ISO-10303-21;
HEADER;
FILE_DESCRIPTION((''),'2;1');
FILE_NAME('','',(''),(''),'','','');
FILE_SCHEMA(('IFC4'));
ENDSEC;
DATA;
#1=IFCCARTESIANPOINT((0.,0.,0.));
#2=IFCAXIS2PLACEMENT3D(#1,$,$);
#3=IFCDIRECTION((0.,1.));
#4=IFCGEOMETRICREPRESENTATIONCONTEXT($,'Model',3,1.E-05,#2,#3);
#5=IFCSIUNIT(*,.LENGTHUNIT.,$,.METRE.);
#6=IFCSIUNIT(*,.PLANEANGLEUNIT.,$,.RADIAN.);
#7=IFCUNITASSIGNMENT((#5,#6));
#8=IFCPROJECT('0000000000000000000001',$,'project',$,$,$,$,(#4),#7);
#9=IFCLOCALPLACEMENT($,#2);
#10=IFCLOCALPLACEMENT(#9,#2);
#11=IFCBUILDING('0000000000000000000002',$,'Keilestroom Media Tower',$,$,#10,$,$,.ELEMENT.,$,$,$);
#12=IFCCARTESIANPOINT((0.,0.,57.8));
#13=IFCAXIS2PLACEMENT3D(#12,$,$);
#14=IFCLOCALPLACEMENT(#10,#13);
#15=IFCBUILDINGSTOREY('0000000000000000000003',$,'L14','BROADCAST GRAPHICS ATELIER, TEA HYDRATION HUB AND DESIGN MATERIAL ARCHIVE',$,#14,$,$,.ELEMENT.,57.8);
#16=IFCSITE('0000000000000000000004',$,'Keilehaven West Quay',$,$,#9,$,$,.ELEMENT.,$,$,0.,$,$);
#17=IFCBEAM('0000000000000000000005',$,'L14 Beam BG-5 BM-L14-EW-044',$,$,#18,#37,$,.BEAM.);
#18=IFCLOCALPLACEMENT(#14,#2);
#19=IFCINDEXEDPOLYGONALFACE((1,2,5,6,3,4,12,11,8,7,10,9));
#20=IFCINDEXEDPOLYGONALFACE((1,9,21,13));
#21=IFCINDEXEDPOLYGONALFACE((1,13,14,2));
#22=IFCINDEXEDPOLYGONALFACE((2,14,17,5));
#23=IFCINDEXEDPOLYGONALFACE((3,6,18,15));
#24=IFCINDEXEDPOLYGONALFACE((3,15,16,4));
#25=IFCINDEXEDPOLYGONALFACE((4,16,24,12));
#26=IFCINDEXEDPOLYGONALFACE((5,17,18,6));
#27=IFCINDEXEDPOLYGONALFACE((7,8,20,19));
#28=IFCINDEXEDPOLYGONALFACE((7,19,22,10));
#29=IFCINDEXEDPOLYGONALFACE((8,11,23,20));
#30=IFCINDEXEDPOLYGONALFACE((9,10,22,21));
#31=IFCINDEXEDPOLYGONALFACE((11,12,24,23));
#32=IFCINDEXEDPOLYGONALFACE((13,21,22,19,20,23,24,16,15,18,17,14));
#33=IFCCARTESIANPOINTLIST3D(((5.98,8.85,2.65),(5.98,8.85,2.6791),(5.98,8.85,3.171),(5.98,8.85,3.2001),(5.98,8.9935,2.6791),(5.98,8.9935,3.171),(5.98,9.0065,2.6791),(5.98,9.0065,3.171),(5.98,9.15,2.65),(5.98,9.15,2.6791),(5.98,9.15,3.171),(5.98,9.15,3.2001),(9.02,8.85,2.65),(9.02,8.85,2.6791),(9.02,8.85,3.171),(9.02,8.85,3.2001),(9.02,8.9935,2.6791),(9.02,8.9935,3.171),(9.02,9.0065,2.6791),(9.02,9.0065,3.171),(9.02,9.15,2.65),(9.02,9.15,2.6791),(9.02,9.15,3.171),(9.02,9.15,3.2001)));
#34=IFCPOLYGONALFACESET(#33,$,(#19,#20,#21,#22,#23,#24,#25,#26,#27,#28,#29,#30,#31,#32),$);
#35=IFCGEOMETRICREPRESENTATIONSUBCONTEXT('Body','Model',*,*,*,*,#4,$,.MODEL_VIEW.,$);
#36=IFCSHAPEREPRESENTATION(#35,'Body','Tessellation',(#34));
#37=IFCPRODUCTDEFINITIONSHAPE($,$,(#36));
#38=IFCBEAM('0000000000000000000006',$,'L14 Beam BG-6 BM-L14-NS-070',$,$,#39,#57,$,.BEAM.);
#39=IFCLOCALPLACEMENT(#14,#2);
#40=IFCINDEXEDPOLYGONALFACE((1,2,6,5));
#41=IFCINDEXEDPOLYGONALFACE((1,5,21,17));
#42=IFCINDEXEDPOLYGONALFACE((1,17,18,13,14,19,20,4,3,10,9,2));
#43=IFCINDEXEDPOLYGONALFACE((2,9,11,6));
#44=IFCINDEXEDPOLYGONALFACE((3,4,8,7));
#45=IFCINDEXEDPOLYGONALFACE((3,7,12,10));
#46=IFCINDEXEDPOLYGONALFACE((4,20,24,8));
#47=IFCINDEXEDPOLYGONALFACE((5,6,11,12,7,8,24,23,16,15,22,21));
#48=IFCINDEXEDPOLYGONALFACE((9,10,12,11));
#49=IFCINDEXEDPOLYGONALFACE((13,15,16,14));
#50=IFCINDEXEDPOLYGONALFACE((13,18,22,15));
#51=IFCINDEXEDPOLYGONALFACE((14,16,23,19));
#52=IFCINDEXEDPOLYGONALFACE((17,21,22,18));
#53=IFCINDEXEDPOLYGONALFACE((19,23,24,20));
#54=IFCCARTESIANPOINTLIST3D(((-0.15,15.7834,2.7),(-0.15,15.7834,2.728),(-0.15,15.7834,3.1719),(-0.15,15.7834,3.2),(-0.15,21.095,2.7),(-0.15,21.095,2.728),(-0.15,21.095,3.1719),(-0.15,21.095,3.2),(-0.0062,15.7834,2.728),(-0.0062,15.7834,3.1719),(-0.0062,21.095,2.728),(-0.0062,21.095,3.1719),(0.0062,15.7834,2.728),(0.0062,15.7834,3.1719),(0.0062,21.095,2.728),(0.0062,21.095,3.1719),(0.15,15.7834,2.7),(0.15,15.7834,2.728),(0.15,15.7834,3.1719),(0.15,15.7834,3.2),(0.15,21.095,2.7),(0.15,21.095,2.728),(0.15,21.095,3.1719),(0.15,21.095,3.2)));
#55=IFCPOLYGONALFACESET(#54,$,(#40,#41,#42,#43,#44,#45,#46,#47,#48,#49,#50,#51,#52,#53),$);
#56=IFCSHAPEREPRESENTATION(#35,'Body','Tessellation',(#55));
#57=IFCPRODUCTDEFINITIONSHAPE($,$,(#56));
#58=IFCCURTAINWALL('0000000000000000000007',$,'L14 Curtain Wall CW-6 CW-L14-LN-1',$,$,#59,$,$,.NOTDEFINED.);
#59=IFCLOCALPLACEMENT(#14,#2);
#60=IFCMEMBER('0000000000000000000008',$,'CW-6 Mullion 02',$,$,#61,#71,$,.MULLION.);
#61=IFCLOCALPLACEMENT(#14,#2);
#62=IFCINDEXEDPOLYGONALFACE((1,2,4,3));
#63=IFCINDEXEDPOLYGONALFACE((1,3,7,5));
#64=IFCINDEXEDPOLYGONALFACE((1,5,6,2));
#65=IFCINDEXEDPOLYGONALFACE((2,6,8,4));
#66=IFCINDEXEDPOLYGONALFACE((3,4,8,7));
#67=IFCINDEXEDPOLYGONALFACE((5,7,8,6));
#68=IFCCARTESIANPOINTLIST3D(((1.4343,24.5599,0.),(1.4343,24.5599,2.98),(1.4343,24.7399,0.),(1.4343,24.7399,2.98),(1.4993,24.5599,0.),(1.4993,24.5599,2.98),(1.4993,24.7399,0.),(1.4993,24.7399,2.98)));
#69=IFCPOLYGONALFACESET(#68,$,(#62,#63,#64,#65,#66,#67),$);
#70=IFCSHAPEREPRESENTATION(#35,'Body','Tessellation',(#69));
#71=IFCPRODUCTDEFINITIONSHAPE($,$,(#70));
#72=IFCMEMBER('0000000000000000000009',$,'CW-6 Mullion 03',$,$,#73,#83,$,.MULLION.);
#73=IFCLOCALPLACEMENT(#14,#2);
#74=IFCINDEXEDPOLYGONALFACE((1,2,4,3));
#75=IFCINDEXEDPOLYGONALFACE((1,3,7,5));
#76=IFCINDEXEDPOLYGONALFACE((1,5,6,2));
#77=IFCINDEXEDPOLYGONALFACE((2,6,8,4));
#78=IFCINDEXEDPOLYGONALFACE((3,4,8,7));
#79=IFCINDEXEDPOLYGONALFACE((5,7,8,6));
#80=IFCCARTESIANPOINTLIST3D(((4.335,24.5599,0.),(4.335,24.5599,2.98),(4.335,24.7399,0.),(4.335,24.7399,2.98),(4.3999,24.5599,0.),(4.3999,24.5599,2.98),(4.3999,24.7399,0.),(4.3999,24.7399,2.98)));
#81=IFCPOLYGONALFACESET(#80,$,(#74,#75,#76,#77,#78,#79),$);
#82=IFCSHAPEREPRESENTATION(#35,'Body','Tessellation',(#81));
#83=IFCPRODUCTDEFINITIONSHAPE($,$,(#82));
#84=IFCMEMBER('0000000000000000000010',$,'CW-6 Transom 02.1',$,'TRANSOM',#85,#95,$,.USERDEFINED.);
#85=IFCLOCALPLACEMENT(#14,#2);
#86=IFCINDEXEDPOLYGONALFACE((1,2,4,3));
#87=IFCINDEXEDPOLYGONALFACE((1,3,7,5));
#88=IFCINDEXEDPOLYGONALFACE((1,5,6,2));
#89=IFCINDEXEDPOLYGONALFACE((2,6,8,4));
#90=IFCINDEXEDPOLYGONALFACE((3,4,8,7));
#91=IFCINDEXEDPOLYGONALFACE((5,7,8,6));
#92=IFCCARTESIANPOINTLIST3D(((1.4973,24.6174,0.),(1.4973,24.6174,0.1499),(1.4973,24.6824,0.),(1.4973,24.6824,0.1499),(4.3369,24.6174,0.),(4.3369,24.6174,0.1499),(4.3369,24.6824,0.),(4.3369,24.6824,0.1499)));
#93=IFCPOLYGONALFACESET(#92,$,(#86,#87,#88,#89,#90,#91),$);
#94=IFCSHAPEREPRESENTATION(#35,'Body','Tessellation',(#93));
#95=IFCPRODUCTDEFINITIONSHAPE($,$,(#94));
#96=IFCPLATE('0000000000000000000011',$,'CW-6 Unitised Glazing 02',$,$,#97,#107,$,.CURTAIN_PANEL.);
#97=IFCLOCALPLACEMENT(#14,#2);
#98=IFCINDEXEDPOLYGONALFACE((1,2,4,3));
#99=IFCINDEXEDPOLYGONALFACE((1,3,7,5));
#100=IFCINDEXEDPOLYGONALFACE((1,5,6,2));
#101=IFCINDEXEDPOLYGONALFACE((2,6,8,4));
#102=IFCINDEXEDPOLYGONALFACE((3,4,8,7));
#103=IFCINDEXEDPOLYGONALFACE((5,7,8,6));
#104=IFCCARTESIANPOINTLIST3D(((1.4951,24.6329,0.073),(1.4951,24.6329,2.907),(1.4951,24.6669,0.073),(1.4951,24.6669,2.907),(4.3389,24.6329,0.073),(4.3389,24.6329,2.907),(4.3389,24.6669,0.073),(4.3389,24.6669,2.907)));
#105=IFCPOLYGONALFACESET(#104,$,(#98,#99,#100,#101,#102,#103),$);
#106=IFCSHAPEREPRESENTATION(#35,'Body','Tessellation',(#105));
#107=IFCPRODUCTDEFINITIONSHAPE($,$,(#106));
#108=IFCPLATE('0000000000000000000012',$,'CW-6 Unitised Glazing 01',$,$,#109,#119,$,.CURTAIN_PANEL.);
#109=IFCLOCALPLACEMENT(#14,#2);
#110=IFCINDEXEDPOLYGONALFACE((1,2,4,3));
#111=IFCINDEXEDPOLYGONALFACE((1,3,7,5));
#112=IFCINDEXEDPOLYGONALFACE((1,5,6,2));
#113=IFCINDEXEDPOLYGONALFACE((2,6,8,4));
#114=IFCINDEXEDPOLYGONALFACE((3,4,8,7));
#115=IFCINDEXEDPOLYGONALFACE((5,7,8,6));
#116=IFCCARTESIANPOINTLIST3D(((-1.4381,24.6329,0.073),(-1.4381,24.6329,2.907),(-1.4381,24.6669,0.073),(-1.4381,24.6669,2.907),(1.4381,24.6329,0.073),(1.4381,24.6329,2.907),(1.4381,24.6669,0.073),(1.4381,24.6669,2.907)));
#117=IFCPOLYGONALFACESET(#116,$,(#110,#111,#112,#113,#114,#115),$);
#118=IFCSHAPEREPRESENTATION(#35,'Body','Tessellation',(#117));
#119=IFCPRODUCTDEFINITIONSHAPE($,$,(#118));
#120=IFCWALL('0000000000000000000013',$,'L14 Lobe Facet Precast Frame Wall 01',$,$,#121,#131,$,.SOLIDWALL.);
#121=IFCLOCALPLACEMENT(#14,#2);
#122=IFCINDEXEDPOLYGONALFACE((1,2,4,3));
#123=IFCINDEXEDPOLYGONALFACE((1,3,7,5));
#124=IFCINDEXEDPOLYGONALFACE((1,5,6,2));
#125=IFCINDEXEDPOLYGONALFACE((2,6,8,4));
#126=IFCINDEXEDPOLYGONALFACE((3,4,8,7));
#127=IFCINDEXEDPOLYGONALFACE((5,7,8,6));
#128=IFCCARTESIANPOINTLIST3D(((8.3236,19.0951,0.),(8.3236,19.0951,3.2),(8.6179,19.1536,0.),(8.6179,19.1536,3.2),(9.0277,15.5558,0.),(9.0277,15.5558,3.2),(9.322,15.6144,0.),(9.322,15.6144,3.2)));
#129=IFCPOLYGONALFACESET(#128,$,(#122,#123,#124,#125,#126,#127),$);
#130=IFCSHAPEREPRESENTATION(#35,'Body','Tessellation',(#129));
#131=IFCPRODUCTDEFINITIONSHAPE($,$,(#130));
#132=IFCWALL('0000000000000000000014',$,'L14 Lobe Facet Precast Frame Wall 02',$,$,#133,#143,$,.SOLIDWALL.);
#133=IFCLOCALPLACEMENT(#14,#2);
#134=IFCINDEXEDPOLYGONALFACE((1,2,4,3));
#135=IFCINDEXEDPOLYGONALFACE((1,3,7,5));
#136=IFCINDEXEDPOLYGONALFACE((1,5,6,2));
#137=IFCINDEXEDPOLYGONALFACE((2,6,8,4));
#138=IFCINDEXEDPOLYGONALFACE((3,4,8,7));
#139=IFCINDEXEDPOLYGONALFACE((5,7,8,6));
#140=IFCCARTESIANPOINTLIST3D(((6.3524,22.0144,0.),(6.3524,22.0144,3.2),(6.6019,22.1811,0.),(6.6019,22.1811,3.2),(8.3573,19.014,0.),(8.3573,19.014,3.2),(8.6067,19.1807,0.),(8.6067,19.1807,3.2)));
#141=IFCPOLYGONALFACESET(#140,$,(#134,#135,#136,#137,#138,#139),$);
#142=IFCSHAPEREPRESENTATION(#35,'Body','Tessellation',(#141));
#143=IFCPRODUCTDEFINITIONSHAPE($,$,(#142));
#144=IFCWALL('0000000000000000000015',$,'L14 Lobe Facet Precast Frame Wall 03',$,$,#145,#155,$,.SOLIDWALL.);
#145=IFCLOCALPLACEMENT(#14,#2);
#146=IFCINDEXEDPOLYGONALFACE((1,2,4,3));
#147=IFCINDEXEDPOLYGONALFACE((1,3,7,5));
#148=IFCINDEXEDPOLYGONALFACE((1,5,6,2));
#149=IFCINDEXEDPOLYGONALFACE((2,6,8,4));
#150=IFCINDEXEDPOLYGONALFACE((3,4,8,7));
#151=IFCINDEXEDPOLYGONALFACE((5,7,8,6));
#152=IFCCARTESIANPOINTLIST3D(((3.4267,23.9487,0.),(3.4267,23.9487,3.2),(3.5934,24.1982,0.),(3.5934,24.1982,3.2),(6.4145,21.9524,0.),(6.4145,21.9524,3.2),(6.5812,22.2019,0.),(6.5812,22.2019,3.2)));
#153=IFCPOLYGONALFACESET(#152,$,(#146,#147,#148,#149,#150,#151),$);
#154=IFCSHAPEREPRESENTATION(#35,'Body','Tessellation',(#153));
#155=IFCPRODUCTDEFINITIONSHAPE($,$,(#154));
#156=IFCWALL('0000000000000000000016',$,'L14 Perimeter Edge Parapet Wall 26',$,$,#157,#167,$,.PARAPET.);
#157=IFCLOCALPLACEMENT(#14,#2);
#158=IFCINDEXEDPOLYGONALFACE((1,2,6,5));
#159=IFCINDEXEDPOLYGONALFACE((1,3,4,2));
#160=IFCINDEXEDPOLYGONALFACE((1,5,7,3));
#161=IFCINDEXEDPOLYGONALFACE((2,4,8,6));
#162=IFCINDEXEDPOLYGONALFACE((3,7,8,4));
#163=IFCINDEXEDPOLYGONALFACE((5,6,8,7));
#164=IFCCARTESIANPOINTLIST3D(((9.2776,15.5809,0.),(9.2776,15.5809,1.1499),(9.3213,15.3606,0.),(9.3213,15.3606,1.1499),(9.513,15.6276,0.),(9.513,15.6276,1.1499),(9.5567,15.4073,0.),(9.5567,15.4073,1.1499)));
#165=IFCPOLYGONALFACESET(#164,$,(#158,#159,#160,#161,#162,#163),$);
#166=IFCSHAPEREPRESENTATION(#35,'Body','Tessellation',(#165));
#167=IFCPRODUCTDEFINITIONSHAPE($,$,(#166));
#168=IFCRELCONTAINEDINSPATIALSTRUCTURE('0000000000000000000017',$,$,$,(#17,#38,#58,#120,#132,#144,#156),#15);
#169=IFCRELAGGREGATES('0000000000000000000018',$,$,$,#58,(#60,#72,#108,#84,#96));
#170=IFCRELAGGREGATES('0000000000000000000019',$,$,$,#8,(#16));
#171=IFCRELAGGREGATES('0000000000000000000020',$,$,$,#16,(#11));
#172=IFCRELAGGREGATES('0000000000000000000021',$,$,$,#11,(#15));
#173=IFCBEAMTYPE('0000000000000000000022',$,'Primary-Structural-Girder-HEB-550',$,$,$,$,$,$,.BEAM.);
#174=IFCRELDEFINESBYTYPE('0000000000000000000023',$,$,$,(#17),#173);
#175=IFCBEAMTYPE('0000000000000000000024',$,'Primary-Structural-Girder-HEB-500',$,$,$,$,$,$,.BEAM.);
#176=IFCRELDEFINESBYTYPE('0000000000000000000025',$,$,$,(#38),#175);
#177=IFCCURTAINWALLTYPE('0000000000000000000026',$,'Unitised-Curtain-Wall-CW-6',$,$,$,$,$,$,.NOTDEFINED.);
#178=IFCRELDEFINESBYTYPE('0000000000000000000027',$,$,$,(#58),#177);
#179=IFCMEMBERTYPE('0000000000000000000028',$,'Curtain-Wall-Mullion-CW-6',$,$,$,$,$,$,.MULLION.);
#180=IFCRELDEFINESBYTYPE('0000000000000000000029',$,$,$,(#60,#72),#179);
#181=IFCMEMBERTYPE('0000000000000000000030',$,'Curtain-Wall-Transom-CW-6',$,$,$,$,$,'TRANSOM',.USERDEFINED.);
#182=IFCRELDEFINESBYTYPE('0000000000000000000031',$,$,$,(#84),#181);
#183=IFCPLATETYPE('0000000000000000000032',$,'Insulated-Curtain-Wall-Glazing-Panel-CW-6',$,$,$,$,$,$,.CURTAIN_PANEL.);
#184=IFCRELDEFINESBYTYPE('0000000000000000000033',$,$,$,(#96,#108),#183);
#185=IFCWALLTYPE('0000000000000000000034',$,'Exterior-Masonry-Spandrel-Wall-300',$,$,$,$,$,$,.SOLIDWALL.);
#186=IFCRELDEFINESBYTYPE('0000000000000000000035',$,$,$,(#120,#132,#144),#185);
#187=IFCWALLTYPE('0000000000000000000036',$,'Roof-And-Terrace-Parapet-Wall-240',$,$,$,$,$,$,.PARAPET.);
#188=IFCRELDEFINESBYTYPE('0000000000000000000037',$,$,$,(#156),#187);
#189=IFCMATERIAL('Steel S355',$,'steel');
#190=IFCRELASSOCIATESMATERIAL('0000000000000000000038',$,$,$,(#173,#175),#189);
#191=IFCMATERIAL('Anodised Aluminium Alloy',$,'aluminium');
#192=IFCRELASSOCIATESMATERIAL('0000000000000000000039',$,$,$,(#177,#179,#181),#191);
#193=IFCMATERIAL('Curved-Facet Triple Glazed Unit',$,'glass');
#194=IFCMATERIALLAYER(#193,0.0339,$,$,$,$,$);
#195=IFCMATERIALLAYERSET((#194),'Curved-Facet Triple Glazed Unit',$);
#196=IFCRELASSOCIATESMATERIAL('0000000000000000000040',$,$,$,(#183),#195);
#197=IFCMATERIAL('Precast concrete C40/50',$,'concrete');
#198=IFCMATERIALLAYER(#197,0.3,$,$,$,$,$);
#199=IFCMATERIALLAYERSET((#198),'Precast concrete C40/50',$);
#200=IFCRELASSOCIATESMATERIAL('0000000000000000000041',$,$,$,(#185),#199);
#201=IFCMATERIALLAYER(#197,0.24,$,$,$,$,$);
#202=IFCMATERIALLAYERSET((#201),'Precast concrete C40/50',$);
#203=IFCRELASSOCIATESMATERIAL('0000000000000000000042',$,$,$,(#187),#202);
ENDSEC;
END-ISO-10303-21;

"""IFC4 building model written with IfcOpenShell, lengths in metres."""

from ifc_helpers import new_model, si_unit, direction, frame, frame_2d, origin, origin_2d, place, context, subcontext, project, spatial, rectangle, i_section, extrude, source, transform, mapped, material, layer, layer_set, material_profile, profile_set, type_object, element, aggregate, save


model = new_model("IFC4")

# Units and contexts
model_context = context("Model", 3, precision=1e-05, world=origin(), true_north=direction((0.0, 1.0)))
body_context = subcontext(model_context, "Body", "Model", "MODEL_VIEW")
ifc_project = project(units=[si_unit("LENGTHUNIT", "METRE"), si_unit("PLANEANGLEUNIT", "RADIAN")], contexts=[model_context])

# Site, building, storey
site_placement = place(None, origin())
site = spatial("IfcSite", under=ifc_project, at=site_placement, Name="Keilehaven West Quay", CompositionType="ELEMENT", RefElevation=0.0)
building_placement = place(site_placement, origin())
building = spatial("IfcBuilding", under=site, at=building_placement, Name="Keilestroom Media Tower", CompositionType="ELEMENT")
storey_placement = place(building_placement, frame((0.0, 0.0, 57.8)))
storey = spatial("IfcBuildingStorey", under=building, at=storey_placement, Name="L14", Description="BROADCAST GRAPHICS ATELIER, TEA HYDRATION HUB AND DESIGN MATERIAL ARCHIVE", CompositionType="ELEMENT", Elevation=57.8)

# Beams
ifc_material_1 = material(Name="Steel S355", Category="steel")
ifc_material_profile_1 = material_profile(ifc_material_1, i_section(OverallWidth=0.3, OverallDepth=0.55, WebThickness=0.0129, FlangeThickness=0.0291, at=origin_2d()), Name="HEB 550")
ifc_profile_set_1 = profile_set([ifc_material_profile_1], Name="Steel S355")
beam_type_1 = type_object("IfcBeamType", Name="Primary-Structural-Girder-HEB-550", PredefinedType="BEAM", material=ifc_profile_set_1)
shared_shape_1 = source(origin(), body_context, "Body", "SweptSolid", [
    extrude(i_section(OverallWidth=0.3, OverallDepth=0.55, WebThickness=0.0129, FlangeThickness=0.0291, at=origin_2d()), origin(), (0.0, 0.0, 1.0), 3.04),
])
beam_1_placement = place(storey_placement, frame((5.98, 9.0, 2.925), z_axis=(1.0, 0.0, 0.0), x_axis=(0.0, 1.0, 0.0)))
element("IfcBeam", 1, at=beam_1_placement, inside=storey, type_object=beam_type_1, Name="L14 Beam BG-5 BM-L14-EW-044", PredefinedType="BEAM", context=body_context, shape_type="MappedRepresentation", body=[
    mapped(shared_shape_1, transform((0.0, 0.0, 0.0), x_axis=(1.0, 0.0, 0.0), y_axis=(0.0, 1.0, 0.0), z_axis=(0.0, 0.0, 1.0), scale=1.0)),
])
ifc_material_profile_2 = material_profile(ifc_material_1, i_section(OverallWidth=0.3, OverallDepth=0.5, WebThickness=0.0125, FlangeThickness=0.0281, at=origin_2d()), Name="HEB 500")
ifc_profile_set_2 = profile_set([ifc_material_profile_2], Name="Steel S355")
beam_type_2 = type_object("IfcBeamType", Name="Primary-Structural-Girder-HEB-500", PredefinedType="BEAM", material=ifc_profile_set_2)
shared_shape_2 = source(origin(), body_context, "Body", "SweptSolid", [
    extrude(i_section(OverallWidth=0.3, OverallDepth=0.5, WebThickness=0.0125, FlangeThickness=0.0281, at=origin_2d()), origin(), (0.0, 0.0, 1.0), 5.3115),
])
beam_2_placement = place(storey_placement, frame((0.0, 15.7834, 2.95), z_axis=(0.0, 1.0, 0.0), x_axis=(-1.0, 0.0, 0.0)))
element("IfcBeam", 2, at=beam_2_placement, inside=storey, type_object=beam_type_2, Name="L14 Beam BG-6 BM-L14-NS-070", PredefinedType="BEAM", context=body_context, shape_type="MappedRepresentation", body=[
    mapped(shared_shape_2, transform((0.0, 0.0, 0.0), x_axis=(1.0, 0.0, 0.0), y_axis=(0.0, 1.0, 0.0), z_axis=(0.0, 0.0, 1.0), scale=1.0)),
])

# Curtain wall, members, plates
ifc_material_2 = material(Name="Anodised Aluminium Alloy", Category="aluminium")
curtain_wall_type = type_object("IfcCurtainWallType", Name="Unitised-Curtain-Wall-CW-6", PredefinedType="NOTDEFINED", material=ifc_material_2)
curtain_wall_placement = place(storey_placement, origin())
curtain_wall = element("IfcCurtainWall", 3, at=curtain_wall_placement, inside=storey, type_object=curtain_wall_type, Name="L14 Curtain Wall CW-6 CW-L14-LN-1", PredefinedType="NOTDEFINED")
ifc_material_profile_3 = material_profile(ifc_material_2, rectangle(XDim=0.0649, YDim=0.1799, at=origin_2d()), Name="ALU MULLION 65x180")
ifc_profile_set_3 = profile_set([ifc_material_profile_3], Name="Anodised Aluminium Alloy")
member_type_1 = type_object("IfcMemberType", Name="Curtain-Wall-Mullion-CW-6", PredefinedType="MULLION", material=ifc_profile_set_3)
shared_shape_3 = source(origin(), body_context, "Body", "SweptSolid", [
    extrude(rectangle(XDim=0.0649, YDim=0.1799, at=origin_2d()), origin(), (0.0, 0.0, 1.0), 2.98),
])
member_1_placement = place(storey_placement, frame((1.4668, 24.6499, 0.0), z_axis=(0.0, 0.0, 1.0), x_axis=(1.0, 0.0, 0.0)))
member_1 = element("IfcMember", 4, at=member_1_placement, type_object=member_type_1, Name="CW-6 Mullion 02", PredefinedType="MULLION", context=body_context, shape_type="MappedRepresentation", body=[
    mapped(shared_shape_3, transform((0.0, 0.0, 0.0), x_axis=(1.0, 0.0, 0.0), y_axis=(0.0, 1.0, 0.0), z_axis=(0.0, 0.0, 1.0), scale=1.0)),
])
member_2_placement = place(storey_placement, frame((4.3674, 24.6499, 0.0), z_axis=(0.0, 0.0, 1.0), x_axis=(1.0, 0.0, 0.0)))
member_2 = element("IfcMember", 5, at=member_2_placement, type_object=member_type_1, Name="CW-6 Mullion 03", PredefinedType="MULLION", context=body_context, shape_type="MappedRepresentation", body=[
    mapped(shared_shape_3, transform((0.0, 0.0, 0.0), x_axis=(1.0, 0.0, 0.0), y_axis=(0.0, 1.0, 0.0), z_axis=(0.0, 0.0, 1.0), scale=1.0)),
])
ifc_material_profile_4 = material_profile(ifc_material_2, rectangle(XDim=0.0649, YDim=0.1499, at=origin_2d()), Name="ALU TRANSOM 65x150")
ifc_profile_set_4 = profile_set([ifc_material_profile_4], Name="Anodised Aluminium Alloy")
member_type_2 = type_object("IfcMemberType", Name="Curtain-Wall-Transom-CW-6", ElementType="TRANSOM", PredefinedType="USERDEFINED", material=ifc_profile_set_4)
shared_shape_4 = source(origin(), body_context, "Body", "SweptSolid", [
    extrude(rectangle(XDim=0.0649, YDim=0.1499, at=origin_2d()), origin(), (0.0, 0.0, 1.0), 2.8396),
])
member_3_placement = place(storey_placement, frame((1.4973, 24.6499, 0.075), z_axis=(1.0, 0.0, 0.0), x_axis=(0.0, 1.0, 0.0)))
member_3 = element("IfcMember", 6, at=member_3_placement, type_object=member_type_2, Name="CW-6 Transom 02.1", ObjectType="TRANSOM", PredefinedType="USERDEFINED", context=body_context, shape_type="MappedRepresentation", body=[
    mapped(shared_shape_4, transform((0.0, 0.0, 0.0), x_axis=(1.0, 0.0, 0.0), y_axis=(0.0, 1.0, 0.0), z_axis=(0.0, 0.0, 1.0), scale=1.0)),
])
ifc_material_3 = material(Name="Curved-Facet Triple Glazed Unit", Category="glass")
ifc_layer_1 = layer(ifc_material_3, 0.0339)
ifc_layer_set_1 = layer_set([ifc_layer_1], Name="Curved-Facet Triple Glazed Unit")
plate_type = type_object("IfcPlateType", Name="Insulated-Curtain-Wall-Glazing-Panel-CW-6", PredefinedType="CURTAIN_PANEL", material=ifc_layer_set_1)
shared_shape_5 = source(origin(), body_context, "Body", "SweptSolid", [
    extrude(rectangle(XDim=2.8438, YDim=0.0339, at=origin_2d()), origin(), (0.0, 0.0, 1.0), 2.834),
])
plate_1_placement = place(storey_placement, frame((2.917, 24.6499, 0.073), z_axis=(0.0, 0.0, 1.0), x_axis=(1.0, 0.0, 0.0)))
plate_1 = element("IfcPlate", 7, at=plate_1_placement, type_object=plate_type, Name="CW-6 Unitised Glazing 02", PredefinedType="CURTAIN_PANEL", context=body_context, shape_type="MappedRepresentation", body=[
    mapped(shared_shape_5, transform((0.0, 0.0, 0.0), x_axis=(1.0, 0.0, 0.0), y_axis=(0.0, 1.0, 0.0), z_axis=(0.0, 0.0, 1.0), scale=1.0)),
])
shared_shape_6 = source(origin(), body_context, "Body", "SweptSolid", [
    extrude(rectangle(XDim=2.8762, YDim=0.0339, at=origin_2d()), origin(), (0.0, 0.0, 1.0), 2.834),
])
plate_2_placement = place(storey_placement, frame((0.0, 24.6499, 0.073), z_axis=(0.0, 0.0, 1.0), x_axis=(1.0, 0.0, 0.0)))
plate_2 = element("IfcPlate", 8, at=plate_2_placement, type_object=plate_type, Name="CW-6 Unitised Glazing 01", PredefinedType="CURTAIN_PANEL", context=body_context, shape_type="MappedRepresentation", body=[
    mapped(shared_shape_6, transform((0.0, 0.0, 0.0), x_axis=(1.0, 0.0, 0.0), y_axis=(0.0, 1.0, 0.0), z_axis=(0.0, 0.0, 1.0), scale=1.0)),
])
aggregate(curtain_wall, [member_1, member_2, plate_2, member_3, plate_1])

# Walls
ifc_material_4 = material(Name="Precast concrete C40/50", Category="concrete")
ifc_layer_2 = layer(ifc_material_4, 0.3)
ifc_layer_set_2 = layer_set([ifc_layer_2], Name="Precast concrete C40/50")
wall_type_1 = type_object("IfcWallType", Name="Exterior-Masonry-Spandrel-Wall-300", PredefinedType="SOLIDWALL", material=ifc_layer_set_2)
for number, where, z_axis, x_axis, name in (
    (9, (9.1748, 15.5852, 0.0), (0.0, 0.0, 1.0), (-0.195114, 0.980781, 0.0), "L14 Lobe Facet Precast Frame Wall 01"),
    (10, (8.4819, 19.0974, 0.0), (0.0, 0.0, 1.0), (-0.555574, 0.831467, 0.0), "L14 Lobe Facet Precast Frame Wall 02"),
):
    element("IfcWall", number, at=place(storey_placement, frame(where, z_axis=z_axis, x_axis=x_axis)), inside=storey, type_object=wall_type_1, Name=name, PredefinedType="SOLIDWALL", context=body_context, shape_type="SweptSolid", body=[
        extrude(rectangle(XDim=3.6086, YDim=0.3, at=frame_2d((1.8042, 0.0))), origin(), (0.0, 0.0, 1.0), 3.2),
    ])
wall_1_placement = place(storey_placement, frame((6.4978, 22.0771, 0.0), z_axis=(0.0, 0.0, 1.0), x_axis=(-0.831475, 0.555562, 0.0)))
element("IfcWall", 11, at=wall_1_placement, inside=storey, type_object=wall_type_1, Name="L14 Lobe Facet Precast Frame Wall 03", PredefinedType="SOLIDWALL", context=body_context, shape_type="SweptSolid", body=[
    extrude(rectangle(XDim=3.5933, YDim=0.3, at=frame_2d((1.7966, 0.0))), origin(), (0.0, 0.0, 1.0), 3.2),
])
ifc_layer_3 = layer(ifc_material_4, 0.24)
ifc_layer_set_3 = layer_set([ifc_layer_3], Name="Precast concrete C40/50")
wall_type_2 = type_object("IfcWallType", Name="Roof-And-Terrace-Parapet-Wall-240", PredefinedType="PARAPET", material=ifc_layer_set_3)
wall_2_placement = place(storey_placement, frame((9.3953, 15.6042, 0.0), z_axis=(0.0, 0.0, 1.0), x_axis=(0.194652, -0.980872, 0.0)))
element("IfcWall", 12, at=wall_2_placement, inside=storey, type_object=wall_type_2, Name="L14 Perimeter Edge Parapet Wall 26", PredefinedType="PARAPET", context=body_context, shape_type="SweptSolid", body=[
    extrude(rectangle(XDim=0.2246, YDim=0.24, at=frame_2d((0.1123, 0.0))), origin(), (0.0, 0.0, 1.0), 1.1499),
])

save(model, "model.ifc")
